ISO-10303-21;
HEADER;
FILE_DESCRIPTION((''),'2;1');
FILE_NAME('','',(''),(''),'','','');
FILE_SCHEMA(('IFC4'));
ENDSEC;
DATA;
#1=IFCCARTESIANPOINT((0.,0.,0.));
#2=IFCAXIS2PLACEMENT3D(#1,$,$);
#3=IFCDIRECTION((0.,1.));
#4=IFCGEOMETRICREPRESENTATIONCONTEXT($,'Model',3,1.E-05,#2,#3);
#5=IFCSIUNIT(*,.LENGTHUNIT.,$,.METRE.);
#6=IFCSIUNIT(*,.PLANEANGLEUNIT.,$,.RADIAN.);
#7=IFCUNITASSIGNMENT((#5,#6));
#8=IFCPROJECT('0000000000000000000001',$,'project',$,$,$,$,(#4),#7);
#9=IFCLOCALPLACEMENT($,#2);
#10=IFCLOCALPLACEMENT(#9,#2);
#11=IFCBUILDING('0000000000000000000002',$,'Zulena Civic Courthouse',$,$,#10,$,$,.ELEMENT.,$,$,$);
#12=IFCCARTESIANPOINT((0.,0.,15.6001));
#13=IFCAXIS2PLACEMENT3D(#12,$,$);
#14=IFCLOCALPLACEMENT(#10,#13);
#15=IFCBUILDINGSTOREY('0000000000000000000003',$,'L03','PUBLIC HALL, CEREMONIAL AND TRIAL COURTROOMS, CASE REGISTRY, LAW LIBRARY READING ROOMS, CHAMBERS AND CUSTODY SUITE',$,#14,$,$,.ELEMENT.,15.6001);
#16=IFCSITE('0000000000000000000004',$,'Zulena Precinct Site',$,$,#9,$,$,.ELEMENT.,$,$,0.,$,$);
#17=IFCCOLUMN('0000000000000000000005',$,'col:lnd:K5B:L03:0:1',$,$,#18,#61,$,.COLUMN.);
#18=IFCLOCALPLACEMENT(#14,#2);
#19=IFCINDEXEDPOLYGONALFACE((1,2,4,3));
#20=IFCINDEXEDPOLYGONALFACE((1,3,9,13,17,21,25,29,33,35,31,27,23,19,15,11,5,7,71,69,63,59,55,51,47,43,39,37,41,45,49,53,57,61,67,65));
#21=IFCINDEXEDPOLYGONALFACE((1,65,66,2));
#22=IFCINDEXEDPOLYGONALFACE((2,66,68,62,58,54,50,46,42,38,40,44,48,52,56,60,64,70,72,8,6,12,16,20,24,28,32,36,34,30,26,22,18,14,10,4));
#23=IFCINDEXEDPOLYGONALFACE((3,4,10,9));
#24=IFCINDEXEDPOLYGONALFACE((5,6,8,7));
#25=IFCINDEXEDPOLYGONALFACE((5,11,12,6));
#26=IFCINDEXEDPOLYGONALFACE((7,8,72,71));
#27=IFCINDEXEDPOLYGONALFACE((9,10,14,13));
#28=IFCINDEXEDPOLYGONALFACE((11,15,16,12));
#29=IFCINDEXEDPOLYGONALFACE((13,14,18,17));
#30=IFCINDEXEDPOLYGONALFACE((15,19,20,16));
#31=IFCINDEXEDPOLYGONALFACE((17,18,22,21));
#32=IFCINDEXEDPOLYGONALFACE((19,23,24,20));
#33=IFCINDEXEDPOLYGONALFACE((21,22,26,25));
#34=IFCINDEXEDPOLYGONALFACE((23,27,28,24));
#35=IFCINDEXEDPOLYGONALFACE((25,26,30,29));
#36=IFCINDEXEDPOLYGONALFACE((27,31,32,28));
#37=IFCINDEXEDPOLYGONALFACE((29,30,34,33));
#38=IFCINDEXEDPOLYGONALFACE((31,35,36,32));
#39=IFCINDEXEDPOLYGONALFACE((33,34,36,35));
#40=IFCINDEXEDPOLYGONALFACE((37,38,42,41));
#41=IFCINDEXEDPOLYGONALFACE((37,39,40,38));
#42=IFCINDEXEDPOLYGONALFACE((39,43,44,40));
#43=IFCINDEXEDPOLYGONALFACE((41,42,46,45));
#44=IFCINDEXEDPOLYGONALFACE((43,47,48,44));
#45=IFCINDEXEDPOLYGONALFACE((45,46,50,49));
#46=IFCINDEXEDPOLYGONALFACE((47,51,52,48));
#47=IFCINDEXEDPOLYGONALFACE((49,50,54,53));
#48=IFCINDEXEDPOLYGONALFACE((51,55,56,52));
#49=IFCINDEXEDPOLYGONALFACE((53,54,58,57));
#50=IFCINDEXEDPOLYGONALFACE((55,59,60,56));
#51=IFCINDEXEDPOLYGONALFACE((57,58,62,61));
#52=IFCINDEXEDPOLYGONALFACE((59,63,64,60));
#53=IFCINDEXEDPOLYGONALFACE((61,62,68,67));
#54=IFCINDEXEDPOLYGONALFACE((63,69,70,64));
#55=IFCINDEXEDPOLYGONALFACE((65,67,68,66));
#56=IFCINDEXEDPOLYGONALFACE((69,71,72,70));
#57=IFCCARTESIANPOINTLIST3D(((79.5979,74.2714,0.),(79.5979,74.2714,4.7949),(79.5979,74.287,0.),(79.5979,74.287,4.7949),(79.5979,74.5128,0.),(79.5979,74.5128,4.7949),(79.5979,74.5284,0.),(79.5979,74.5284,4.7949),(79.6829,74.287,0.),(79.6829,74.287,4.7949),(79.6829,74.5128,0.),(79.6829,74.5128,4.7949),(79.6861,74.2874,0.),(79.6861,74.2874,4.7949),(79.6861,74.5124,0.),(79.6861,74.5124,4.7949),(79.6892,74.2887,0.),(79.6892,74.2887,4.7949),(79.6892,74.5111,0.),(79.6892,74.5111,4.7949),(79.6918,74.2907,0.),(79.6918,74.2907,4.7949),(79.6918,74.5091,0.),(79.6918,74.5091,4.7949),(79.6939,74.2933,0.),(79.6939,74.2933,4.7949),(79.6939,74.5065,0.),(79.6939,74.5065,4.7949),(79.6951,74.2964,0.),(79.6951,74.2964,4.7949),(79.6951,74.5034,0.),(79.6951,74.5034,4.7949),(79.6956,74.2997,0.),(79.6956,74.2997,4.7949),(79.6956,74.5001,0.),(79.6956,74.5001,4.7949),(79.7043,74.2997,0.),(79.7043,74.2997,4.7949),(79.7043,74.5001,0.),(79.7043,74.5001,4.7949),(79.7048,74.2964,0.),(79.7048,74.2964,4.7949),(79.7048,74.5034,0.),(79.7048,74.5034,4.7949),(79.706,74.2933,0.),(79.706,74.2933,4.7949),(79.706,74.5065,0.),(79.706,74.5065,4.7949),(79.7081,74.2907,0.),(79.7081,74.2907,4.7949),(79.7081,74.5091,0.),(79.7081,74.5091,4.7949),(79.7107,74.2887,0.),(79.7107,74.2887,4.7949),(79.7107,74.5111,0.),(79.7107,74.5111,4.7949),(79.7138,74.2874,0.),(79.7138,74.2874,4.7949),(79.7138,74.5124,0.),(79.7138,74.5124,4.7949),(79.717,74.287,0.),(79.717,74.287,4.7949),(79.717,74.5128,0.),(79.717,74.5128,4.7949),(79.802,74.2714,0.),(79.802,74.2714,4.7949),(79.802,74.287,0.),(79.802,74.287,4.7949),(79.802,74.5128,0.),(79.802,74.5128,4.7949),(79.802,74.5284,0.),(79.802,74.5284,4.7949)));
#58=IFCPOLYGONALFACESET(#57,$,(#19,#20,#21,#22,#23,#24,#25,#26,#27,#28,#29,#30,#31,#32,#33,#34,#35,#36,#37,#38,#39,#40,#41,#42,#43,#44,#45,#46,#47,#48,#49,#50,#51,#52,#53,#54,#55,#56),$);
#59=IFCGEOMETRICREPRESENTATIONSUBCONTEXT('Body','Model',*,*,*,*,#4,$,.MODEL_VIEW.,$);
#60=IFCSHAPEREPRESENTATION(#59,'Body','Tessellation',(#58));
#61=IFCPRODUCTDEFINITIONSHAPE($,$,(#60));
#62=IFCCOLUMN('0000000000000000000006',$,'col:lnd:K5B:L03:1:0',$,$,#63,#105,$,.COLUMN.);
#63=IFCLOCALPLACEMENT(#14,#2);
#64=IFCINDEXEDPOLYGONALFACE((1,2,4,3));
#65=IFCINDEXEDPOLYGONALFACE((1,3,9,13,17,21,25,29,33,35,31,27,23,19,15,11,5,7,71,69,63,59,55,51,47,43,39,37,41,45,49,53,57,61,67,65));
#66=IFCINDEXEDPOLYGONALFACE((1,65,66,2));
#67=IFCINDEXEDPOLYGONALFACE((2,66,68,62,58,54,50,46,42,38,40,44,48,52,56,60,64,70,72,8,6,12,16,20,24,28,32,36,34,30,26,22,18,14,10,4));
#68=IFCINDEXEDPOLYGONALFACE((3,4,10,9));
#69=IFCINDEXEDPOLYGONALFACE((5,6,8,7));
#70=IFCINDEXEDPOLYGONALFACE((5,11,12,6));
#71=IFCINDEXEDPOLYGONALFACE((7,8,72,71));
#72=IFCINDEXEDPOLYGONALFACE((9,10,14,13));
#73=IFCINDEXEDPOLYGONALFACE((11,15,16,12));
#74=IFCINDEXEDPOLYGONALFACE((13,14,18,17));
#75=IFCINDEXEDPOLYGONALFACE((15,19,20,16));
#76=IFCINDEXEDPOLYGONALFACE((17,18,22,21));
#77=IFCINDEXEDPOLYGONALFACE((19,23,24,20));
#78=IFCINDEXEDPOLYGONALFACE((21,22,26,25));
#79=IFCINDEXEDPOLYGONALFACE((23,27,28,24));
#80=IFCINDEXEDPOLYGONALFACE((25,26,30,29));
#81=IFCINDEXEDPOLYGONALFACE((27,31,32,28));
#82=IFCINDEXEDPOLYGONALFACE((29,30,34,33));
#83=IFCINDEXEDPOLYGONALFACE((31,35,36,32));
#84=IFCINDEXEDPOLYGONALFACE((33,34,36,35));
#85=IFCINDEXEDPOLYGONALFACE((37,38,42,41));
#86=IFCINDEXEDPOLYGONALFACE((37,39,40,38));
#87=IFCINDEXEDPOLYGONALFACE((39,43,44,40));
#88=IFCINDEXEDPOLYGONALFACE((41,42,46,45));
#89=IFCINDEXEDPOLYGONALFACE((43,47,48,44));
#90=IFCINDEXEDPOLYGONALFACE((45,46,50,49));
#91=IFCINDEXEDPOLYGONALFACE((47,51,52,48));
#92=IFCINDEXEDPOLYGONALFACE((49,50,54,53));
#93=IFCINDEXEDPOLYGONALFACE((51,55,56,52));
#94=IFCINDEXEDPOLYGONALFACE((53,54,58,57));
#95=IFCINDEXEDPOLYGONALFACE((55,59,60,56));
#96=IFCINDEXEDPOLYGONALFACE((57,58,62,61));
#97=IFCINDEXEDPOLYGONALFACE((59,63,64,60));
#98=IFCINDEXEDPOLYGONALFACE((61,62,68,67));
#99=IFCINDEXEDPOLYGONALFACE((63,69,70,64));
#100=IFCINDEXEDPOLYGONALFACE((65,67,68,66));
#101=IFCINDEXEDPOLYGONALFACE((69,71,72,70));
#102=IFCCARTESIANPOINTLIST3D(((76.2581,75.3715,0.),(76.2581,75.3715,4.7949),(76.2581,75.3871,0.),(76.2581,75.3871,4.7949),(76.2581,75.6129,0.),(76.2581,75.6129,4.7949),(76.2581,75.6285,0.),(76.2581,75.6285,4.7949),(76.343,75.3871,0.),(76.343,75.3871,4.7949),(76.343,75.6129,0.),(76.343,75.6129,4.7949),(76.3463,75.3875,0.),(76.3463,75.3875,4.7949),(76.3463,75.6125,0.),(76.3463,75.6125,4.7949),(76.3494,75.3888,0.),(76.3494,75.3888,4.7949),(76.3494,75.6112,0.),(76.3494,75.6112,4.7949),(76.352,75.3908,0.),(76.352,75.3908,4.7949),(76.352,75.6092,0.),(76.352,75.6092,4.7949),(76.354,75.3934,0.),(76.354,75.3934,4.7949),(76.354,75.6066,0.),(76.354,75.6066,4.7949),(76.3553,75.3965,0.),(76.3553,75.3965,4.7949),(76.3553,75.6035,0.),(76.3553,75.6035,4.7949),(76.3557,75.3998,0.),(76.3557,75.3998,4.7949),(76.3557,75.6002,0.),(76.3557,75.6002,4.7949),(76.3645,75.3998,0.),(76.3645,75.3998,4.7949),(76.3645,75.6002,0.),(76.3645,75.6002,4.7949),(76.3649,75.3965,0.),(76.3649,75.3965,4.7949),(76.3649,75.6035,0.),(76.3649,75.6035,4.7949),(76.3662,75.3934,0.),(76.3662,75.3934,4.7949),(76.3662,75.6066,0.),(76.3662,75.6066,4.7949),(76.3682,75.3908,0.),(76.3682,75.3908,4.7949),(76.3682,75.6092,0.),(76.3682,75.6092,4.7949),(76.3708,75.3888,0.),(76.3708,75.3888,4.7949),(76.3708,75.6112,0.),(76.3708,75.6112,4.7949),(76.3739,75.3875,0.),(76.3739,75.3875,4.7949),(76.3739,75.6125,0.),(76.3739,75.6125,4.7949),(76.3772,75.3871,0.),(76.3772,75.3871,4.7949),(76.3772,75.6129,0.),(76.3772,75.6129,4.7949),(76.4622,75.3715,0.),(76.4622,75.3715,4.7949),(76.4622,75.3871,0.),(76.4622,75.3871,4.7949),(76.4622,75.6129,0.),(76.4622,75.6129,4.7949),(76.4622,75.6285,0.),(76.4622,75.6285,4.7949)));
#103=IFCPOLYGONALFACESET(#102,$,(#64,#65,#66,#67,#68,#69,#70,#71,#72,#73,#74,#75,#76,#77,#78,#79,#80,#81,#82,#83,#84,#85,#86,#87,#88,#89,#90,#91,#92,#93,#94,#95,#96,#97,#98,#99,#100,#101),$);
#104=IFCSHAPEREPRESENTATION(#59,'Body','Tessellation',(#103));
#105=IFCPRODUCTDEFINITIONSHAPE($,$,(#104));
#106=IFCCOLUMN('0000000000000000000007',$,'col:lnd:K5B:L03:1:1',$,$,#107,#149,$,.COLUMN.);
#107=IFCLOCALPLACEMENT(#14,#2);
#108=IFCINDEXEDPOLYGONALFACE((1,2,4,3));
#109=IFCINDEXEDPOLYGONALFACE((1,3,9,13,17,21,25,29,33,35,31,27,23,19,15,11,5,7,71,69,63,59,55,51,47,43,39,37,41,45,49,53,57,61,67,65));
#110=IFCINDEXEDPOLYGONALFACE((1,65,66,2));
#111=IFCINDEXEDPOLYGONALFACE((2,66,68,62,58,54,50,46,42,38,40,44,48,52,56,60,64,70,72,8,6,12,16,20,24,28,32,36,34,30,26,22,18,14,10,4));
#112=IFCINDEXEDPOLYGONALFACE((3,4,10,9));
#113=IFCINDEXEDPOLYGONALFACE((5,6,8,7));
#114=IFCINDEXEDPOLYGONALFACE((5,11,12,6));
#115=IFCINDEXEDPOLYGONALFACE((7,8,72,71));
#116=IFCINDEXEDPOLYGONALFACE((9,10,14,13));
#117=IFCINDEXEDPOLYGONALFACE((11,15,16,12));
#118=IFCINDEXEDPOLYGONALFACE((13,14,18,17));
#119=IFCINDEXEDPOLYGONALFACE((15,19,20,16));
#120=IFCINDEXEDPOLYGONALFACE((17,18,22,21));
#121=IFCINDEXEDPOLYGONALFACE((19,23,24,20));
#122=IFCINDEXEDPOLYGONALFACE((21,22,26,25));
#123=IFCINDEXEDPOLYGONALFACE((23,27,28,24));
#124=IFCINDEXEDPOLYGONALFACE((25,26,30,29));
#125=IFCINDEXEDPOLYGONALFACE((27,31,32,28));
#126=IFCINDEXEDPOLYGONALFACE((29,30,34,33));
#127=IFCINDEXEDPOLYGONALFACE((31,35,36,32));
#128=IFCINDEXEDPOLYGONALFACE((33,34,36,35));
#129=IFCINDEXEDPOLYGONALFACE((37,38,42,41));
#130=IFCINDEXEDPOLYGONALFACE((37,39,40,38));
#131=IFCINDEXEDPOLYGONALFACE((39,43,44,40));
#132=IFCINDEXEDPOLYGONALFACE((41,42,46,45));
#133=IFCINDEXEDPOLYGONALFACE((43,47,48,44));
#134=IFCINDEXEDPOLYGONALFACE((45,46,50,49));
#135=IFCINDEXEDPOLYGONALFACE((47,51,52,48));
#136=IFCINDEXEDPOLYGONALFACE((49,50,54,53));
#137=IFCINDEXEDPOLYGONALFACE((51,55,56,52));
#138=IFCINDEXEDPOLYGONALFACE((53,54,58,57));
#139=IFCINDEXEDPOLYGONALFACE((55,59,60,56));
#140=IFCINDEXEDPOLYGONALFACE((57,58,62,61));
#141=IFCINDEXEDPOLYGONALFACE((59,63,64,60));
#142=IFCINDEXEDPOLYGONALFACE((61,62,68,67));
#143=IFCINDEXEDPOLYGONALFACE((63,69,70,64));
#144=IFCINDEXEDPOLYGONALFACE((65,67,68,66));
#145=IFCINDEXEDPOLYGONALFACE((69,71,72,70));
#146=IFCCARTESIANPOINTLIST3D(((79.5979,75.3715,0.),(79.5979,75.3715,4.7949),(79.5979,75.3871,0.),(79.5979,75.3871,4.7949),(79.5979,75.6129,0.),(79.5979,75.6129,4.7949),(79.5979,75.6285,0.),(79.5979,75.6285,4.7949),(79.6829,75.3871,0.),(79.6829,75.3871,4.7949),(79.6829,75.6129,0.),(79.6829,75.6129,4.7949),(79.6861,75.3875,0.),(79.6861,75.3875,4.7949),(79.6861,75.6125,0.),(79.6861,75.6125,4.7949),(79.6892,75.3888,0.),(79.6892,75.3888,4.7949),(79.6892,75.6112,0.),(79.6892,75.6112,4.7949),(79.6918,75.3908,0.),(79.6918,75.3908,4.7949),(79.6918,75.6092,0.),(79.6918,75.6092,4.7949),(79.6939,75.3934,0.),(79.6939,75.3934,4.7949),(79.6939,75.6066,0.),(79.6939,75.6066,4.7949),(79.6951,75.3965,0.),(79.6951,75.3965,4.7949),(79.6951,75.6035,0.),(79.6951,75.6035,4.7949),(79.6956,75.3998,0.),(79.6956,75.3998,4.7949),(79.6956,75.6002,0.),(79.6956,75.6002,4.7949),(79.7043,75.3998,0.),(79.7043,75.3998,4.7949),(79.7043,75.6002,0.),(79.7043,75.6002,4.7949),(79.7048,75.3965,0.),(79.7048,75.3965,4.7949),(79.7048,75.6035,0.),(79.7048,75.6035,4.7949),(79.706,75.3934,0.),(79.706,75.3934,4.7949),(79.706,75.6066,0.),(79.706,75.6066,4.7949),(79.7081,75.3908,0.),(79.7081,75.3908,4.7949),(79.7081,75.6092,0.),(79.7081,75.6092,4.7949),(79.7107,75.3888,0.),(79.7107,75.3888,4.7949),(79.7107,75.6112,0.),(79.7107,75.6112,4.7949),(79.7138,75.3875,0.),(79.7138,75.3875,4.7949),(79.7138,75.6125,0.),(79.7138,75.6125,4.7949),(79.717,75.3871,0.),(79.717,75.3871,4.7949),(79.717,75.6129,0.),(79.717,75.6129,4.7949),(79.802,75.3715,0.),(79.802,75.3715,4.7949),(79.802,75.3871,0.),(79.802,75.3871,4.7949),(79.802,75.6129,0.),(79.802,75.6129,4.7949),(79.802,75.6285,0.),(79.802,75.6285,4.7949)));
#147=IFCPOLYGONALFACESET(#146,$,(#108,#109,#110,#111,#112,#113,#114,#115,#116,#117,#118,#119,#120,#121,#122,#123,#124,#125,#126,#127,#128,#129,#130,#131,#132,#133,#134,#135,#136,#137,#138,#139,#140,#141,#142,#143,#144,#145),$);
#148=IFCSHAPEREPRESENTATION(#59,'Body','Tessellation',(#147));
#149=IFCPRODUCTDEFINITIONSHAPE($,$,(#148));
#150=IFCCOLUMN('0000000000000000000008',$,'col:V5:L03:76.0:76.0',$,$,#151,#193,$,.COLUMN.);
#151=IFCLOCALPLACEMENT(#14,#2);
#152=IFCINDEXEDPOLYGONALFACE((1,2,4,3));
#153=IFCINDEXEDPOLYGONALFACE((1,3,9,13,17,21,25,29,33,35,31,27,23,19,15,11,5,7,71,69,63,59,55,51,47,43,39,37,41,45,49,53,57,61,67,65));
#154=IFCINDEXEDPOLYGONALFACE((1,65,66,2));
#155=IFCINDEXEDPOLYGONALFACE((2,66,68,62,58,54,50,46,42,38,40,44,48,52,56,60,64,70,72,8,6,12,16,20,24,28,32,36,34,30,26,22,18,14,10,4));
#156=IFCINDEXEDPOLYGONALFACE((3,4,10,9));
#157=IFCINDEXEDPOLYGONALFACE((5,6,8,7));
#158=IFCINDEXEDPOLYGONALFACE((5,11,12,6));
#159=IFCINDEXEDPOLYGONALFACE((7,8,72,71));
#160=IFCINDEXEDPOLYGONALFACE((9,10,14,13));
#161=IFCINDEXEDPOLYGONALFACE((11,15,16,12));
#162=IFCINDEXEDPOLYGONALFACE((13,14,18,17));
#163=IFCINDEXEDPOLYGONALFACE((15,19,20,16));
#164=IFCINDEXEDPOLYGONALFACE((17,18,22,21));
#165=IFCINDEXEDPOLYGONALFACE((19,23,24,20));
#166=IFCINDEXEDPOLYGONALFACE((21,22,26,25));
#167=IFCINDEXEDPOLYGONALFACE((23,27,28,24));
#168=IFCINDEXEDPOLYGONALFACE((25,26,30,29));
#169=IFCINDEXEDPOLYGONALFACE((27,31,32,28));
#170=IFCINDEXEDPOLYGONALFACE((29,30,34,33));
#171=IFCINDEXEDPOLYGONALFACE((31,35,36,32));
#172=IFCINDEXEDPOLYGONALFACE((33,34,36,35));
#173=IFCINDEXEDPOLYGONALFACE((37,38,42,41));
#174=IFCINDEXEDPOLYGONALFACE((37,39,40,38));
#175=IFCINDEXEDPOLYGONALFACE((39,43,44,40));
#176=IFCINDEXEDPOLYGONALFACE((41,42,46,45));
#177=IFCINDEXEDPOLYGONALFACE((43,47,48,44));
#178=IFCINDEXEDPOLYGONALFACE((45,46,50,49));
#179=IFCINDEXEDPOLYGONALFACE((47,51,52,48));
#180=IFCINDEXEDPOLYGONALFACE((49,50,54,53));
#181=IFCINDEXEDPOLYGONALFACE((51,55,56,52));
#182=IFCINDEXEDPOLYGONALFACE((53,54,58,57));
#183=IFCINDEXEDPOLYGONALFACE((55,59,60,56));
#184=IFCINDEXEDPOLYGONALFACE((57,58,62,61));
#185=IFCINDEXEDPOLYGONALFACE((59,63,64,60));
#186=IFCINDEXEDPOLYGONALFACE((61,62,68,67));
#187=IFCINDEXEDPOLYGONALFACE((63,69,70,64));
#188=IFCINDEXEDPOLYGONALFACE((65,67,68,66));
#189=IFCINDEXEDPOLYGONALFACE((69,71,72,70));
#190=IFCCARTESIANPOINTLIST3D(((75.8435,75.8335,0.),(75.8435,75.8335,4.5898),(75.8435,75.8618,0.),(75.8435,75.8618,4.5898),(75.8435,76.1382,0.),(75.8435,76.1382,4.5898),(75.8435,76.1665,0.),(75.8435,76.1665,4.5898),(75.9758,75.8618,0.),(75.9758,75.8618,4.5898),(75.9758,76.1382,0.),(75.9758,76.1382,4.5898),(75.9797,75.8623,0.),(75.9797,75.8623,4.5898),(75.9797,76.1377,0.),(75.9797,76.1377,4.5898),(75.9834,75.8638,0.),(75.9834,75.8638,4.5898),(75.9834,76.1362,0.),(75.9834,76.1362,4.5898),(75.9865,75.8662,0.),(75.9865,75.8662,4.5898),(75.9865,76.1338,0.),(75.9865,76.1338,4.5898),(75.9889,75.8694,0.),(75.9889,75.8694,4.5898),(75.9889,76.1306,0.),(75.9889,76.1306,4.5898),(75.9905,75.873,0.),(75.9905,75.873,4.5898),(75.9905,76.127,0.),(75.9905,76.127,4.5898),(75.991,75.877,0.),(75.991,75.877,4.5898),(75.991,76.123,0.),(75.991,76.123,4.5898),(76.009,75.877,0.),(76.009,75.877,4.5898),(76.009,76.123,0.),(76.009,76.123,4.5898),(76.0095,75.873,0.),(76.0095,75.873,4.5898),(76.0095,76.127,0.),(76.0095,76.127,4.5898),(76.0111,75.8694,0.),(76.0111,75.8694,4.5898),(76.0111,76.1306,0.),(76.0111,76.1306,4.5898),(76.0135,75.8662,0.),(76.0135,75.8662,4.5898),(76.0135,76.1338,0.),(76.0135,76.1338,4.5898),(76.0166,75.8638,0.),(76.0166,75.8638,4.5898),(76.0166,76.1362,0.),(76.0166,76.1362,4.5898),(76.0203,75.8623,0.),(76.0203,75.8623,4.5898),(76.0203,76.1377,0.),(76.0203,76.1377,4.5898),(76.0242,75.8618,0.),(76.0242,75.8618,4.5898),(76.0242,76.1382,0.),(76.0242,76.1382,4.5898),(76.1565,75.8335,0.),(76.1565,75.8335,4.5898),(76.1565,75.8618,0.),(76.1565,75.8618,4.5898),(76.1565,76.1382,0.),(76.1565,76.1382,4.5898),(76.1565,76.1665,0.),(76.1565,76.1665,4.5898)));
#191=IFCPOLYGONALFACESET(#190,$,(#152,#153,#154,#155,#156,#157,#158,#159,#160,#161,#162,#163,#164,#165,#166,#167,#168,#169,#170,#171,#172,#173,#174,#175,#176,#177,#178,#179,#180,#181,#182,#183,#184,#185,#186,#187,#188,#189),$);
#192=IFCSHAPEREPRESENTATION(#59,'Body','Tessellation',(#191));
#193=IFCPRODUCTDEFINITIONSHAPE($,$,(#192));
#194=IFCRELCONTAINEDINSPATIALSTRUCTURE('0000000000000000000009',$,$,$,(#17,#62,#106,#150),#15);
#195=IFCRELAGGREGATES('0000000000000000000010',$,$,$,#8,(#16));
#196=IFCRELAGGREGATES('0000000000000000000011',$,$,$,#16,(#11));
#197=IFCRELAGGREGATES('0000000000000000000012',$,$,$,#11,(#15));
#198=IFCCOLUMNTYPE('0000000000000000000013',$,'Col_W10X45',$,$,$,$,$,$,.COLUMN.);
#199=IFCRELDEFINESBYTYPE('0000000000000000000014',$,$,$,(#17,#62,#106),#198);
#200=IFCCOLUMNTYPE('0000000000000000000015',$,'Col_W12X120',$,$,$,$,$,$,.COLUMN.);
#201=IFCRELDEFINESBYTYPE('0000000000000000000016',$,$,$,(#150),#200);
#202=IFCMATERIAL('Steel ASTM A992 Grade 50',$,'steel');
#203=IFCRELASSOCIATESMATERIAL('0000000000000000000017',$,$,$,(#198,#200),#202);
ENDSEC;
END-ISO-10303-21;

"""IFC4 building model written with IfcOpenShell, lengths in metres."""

from ifc_helpers import new_model, si_unit, direction, frame, origin, origin_2d, place, context, subcontext, project, spatial, i_section, extrude, material, material_profile, profile_set, type_object, element, save


model = new_model("IFC4")

# Units and contexts
model_context = context("Model", 3, precision=1e-05, world=origin(), true_north=direction((0.0, 1.0)))
body_context = subcontext(model_context, "Body", "Model", "MODEL_VIEW")
ifc_project = project(units=[si_unit("LENGTHUNIT", "METRE"), si_unit("PLANEANGLEUNIT", "RADIAN")], contexts=[model_context])

# Site, building, storey
site_placement = place(None, origin())
site = spatial("IfcSite", under=ifc_project, at=site_placement, Name="Zulena Precinct Site", CompositionType="ELEMENT", RefElevation=0.0)
building_placement = place(site_placement, origin())
building = spatial("IfcBuilding", under=site, at=building_placement, Name="Zulena Civic Courthouse", CompositionType="ELEMENT")
storey_placement = place(building_placement, frame((0.0, 0.0, 15.6001)))
storey = spatial("IfcBuildingStorey", under=building, at=storey_placement, Name="L03", Description="PUBLIC HALL, CEREMONIAL AND TRIAL COURTROOMS, CASE REGISTRY, LAW LIBRARY READING ROOMS, CHAMBERS AND CUSTODY SUITE", CompositionType="ELEMENT", Elevation=15.6001)

# Columns
ifc_material_1 = material(Name="Steel ASTM A992 Grade 50", Category="steel")
ifc_material_profile_1 = material_profile(ifc_material_1, i_section(OverallWidth=0.2041, OverallDepth=0.2571, WebThickness=0.0088, FlangeThickness=0.0156, FilletRadius=0.0127, at=origin_2d()), Name="W10X45")
ifc_profile_set_1 = profile_set([ifc_material_profile_1], Name="Steel ASTM A992 Grade 50")
column_type_1 = type_object("IfcColumnType", Name="Col_W10X45", PredefinedType="COLUMN", material=ifc_profile_set_1)
for number, where, z_axis, x_axis, name in (
    (1, (79.7, 74.3999, 0.0), (0.0, 0.0, 1.0), (1.0, 0.0, 0.0), "col:lnd:K5B:L03:0:1"),
    (2, (76.3601, 75.5, 0.0), (0.0, 0.0, 1.0), (1.0, 0.0, 0.0), "col:lnd:K5B:L03:1:0"),
    (3, (79.7, 75.5, 0.0), (0.0, 0.0, 1.0), (1.0, 0.0, 0.0), "col:lnd:K5B:L03:1:1"),
):
    element("IfcColumn", number, at=place(storey_placement, frame(where, z_axis=z_axis, x_axis=x_axis)), inside=storey, type_object=column_type_1, Name=name, PredefinedType="COLUMN", context=body_context, shape_type="SweptSolid", body=[
        extrude(i_section(OverallWidth=0.2041, OverallDepth=0.2571, WebThickness=0.0088, FlangeThickness=0.0156, FilletRadius=0.0127, at=origin_2d()), origin(), (0.0, 0.0, 1.0), 4.7949),
    ])
ifc_material_profile_2 = material_profile(ifc_material_1, i_section(OverallWidth=0.313, OverallDepth=0.333, WebThickness=0.0181, FlangeThickness=0.0283, FilletRadius=0.0151, at=origin_2d()), Name="W12X120")
ifc_profile_set_2 = profile_set([ifc_material_profile_2], Name="Steel ASTM A992 Grade 50")
column_type_2 = type_object("IfcColumnType", Name="Col_W12X120", PredefinedType="COLUMN", material=ifc_profile_set_2)
for number, where, z_axis, x_axis, name in (
    (4, (76.0, 76.0, 0.0), (0.0, 0.0, 1.0), (1.0, 0.0, 0.0), "col:V5:L03:76.0:76.0"),
):
    element("IfcColumn", number, at=place(storey_placement, frame(where, z_axis=z_axis, x_axis=x_axis)), inside=storey, type_object=column_type_2, Name=name, PredefinedType="COLUMN", context=body_context, shape_type="SweptSolid", body=[
        extrude(i_section(OverallWidth=0.313, OverallDepth=0.333, WebThickness=0.0181, FlangeThickness=0.0283, FilletRadius=0.0151, at=origin_2d()), origin(), (0.0, 0.0, 1.0), 4.5898),
    ])

save(model, "model.ifc")
